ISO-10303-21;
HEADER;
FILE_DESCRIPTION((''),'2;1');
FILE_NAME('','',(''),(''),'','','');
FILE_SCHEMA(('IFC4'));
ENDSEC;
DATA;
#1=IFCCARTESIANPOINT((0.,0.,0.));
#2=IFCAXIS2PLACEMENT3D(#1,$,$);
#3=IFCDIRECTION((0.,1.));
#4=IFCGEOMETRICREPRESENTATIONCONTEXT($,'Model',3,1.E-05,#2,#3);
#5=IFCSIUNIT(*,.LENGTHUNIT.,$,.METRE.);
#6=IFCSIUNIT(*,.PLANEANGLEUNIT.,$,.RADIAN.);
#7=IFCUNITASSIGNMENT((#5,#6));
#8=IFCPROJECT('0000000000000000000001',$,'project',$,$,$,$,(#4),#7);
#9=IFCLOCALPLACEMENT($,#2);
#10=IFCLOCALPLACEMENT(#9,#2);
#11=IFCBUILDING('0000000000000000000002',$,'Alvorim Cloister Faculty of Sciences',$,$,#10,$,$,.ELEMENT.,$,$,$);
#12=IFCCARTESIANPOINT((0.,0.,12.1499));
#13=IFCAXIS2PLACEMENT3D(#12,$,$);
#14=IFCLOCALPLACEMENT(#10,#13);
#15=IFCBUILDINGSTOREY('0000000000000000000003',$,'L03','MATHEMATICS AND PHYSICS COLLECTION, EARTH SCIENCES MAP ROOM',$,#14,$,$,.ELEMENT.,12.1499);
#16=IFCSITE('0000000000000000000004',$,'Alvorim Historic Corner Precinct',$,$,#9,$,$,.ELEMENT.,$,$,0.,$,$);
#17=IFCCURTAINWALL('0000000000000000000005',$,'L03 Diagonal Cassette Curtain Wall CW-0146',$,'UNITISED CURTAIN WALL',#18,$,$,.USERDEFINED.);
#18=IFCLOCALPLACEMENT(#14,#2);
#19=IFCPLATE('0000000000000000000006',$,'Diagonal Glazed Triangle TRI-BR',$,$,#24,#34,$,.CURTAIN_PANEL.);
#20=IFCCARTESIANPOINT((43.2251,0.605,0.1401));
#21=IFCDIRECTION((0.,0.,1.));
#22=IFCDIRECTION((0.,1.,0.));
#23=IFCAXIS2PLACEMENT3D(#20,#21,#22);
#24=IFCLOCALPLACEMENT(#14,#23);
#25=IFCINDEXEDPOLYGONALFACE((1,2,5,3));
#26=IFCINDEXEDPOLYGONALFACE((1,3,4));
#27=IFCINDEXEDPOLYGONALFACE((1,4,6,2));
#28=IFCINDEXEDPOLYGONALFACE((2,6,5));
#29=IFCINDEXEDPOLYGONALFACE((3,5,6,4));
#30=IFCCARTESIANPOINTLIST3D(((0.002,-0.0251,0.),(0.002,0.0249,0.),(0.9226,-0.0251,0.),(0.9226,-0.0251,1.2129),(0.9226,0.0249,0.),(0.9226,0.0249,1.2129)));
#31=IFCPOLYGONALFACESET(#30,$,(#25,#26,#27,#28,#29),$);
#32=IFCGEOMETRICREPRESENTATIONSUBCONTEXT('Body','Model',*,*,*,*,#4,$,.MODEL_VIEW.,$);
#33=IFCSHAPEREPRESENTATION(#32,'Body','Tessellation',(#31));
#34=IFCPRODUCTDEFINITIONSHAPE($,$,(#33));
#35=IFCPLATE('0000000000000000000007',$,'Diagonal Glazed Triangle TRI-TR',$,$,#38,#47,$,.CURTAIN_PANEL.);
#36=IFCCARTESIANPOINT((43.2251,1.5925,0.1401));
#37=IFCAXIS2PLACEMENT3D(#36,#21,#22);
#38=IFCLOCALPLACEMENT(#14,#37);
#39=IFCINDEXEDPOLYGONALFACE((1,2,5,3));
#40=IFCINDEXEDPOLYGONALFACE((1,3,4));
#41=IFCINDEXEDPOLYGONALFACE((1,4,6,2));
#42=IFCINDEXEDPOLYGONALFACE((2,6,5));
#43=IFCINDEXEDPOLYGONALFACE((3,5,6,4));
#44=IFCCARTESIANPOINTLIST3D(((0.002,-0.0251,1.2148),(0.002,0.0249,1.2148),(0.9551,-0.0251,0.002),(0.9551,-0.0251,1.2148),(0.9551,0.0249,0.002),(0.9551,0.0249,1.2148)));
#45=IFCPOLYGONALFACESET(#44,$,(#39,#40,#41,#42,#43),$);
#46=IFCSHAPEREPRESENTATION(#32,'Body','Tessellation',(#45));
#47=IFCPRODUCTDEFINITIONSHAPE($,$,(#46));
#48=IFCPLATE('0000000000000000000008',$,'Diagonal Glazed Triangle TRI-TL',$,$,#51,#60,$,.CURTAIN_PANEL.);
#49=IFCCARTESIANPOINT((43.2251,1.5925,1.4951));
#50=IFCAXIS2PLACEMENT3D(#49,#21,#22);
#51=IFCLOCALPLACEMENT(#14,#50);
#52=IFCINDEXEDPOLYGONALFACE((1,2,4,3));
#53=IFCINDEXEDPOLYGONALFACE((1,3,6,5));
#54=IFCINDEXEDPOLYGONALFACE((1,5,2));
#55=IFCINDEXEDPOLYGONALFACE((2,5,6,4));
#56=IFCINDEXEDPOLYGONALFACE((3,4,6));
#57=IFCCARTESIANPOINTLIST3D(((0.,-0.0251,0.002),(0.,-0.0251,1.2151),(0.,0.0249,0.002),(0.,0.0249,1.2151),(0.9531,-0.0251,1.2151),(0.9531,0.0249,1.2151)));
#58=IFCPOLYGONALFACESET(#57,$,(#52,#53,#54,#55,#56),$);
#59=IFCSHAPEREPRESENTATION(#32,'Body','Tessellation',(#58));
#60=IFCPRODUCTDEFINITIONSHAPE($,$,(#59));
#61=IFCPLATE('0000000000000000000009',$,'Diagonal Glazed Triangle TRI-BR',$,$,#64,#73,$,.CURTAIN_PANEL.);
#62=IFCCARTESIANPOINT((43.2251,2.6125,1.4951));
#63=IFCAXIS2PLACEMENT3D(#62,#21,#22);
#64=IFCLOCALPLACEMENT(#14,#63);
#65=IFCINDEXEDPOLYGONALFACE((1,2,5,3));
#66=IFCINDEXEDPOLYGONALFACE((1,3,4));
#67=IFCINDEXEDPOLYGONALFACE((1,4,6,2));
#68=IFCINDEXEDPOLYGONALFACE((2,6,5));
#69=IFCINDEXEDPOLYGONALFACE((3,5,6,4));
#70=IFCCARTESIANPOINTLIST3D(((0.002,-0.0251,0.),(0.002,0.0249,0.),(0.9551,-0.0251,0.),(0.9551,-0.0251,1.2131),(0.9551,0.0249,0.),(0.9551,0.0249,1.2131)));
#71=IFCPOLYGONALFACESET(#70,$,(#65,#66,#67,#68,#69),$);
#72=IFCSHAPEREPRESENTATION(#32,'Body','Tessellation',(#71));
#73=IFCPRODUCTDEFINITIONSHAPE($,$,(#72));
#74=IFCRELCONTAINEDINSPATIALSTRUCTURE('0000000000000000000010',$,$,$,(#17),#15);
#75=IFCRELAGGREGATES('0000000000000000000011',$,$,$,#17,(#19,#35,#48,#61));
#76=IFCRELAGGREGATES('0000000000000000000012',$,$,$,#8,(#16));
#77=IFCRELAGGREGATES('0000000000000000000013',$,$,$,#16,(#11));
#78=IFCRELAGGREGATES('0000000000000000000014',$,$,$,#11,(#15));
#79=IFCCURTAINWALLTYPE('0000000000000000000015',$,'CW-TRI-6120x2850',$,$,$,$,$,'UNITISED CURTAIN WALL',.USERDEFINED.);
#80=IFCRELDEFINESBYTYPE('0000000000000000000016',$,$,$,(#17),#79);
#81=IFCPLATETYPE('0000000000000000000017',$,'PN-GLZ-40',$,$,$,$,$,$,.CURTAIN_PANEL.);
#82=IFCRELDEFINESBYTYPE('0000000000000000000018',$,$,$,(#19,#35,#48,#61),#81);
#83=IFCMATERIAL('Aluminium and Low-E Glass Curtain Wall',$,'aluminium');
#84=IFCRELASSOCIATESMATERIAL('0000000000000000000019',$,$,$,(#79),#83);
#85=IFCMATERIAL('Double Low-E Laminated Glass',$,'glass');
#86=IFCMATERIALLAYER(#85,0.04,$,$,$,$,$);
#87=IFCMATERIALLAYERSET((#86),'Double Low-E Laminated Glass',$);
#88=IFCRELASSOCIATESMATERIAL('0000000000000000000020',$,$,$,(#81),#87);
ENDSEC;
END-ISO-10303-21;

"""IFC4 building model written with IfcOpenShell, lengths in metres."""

from ifc_helpers import new_model, si_unit, direction, frame, origin, place, context, subcontext, project, spatial, polyline, outline, extrude, material, layer, layer_set, type_object, element, aggregate, save


model = new_model("IFC4")

# Units and contexts
model_context = context("Model", 3, precision=1e-05, world=origin(), true_north=direction((0.0, 1.0)))
body_context = subcontext(model_context, "Body", "Model", "MODEL_VIEW")
ifc_project = project(units=[si_unit("LENGTHUNIT", "METRE"), si_unit("PLANEANGLEUNIT", "RADIAN")], contexts=[model_context])

# Site, building, storey
site_placement = place(None, origin())
site = spatial("IfcSite", under=ifc_project, at=site_placement, Name="Alvorim Historic Corner Precinct", CompositionType="ELEMENT", RefElevation=0.0)
building_placement = place(site_placement, origin())
building = spatial("IfcBuilding", under=site, at=building_placement, Name="Alvorim Cloister Faculty of Sciences", CompositionType="ELEMENT")
storey_placement = place(building_placement, frame((0.0, 0.0, 12.1499)))
storey = spatial("IfcBuildingStorey", under=building, at=storey_placement, Name="L03", Description="MATHEMATICS AND PHYSICS COLLECTION, EARTH SCIENCES MAP ROOM", CompositionType="ELEMENT", Elevation=12.1499)

# Curtain wall, plates
ifc_material_1 = material(Name="Aluminium and Low-E Glass Curtain Wall", Category="aluminium")
curtain_wall_type = type_object("IfcCurtainWallType", Name="CW-TRI-6120x2850", ElementType="UNITISED CURTAIN WALL", PredefinedType="USERDEFINED", material=ifc_material_1)
curtain_wall_placement = place(storey_placement, origin())
curtain_wall = element("IfcCurtainWall", 1, at=curtain_wall_placement, inside=storey, type_object=curtain_wall_type, Name="L03 Diagonal Cassette Curtain Wall CW-0146", ObjectType="UNITISED CURTAIN WALL", PredefinedType="USERDEFINED")
ifc_material_2 = material(Name="Double Low-E Laminated Glass", Category="glass")
ifc_layer_1 = layer(ifc_material_2, 0.04)
ifc_layer_set_1 = layer_set([ifc_layer_1], Name="Double Low-E Laminated Glass")
plate_type = type_object("IfcPlateType", Name="PN-GLZ-40", PredefinedType="CURTAIN_PANEL", material=ifc_layer_set_1)
plate_1_placement = place(storey_placement, frame((43.2251, 0.605, 0.1401), z_axis=(0.0, 0.0, 1.0), x_axis=(0.0, 1.0, 0.0)))
plate_1 = element("IfcPlate", 2, at=plate_1_placement, type_object=plate_type, Name="Diagonal Glazed Triangle TRI-BR", PredefinedType="CURTAIN_PANEL", context=body_context, shape_type="SweptSolid", body=[
    extrude(outline(polyline([(0.002, 0.0), (0.9226, 0.0), (0.9226, 1.2129), (0.002, 0.0)])), frame((0.0, 0.0249, 0.0), z_axis=(0.0, -1.0, 0.0), x_axis=(1.0, 0.0, 0.0)), (0.0, 0.0, 1.0), 0.05),
])
plate_2_placement = place(storey_placement, frame((43.2251, 1.5925, 0.1401), z_axis=(0.0, 0.0, 1.0), x_axis=(0.0, 1.0, 0.0)))
plate_2 = element("IfcPlate", 3, at=plate_2_placement, type_object=plate_type, Name="Diagonal Glazed Triangle TRI-TR", PredefinedType="CURTAIN_PANEL", context=body_context, shape_type="SweptSolid", body=[
    extrude(outline(polyline([(0.9551, 0.002), (0.9551, 1.2148), (0.002, 1.2148), (0.9551, 0.002)])), frame((0.0, 0.0249, 0.0), z_axis=(0.0, -1.0, 0.0), x_axis=(1.0, 0.0, 0.0)), (0.0, 0.0, 1.0), 0.05),
])
plate_3_placement = place(storey_placement, frame((43.2251, 1.5925, 1.4951), z_axis=(0.0, 0.0, 1.0), x_axis=(0.0, 1.0, 0.0)))
plate_3 = element("IfcPlate", 4, at=plate_3_placement, type_object=plate_type, Name="Diagonal Glazed Triangle TRI-TL", PredefinedType="CURTAIN_PANEL", context=body_context, shape_type="SweptSolid", body=[
    extrude(outline(polyline([(0.9531, 1.2151), (0.0, 1.2151), (0.0, 0.002), (0.9531, 1.2151)])), frame((0.0, 0.0249, 0.0), z_axis=(0.0, -1.0, 0.0), x_axis=(1.0, 0.0, 0.0)), (0.0, 0.0, 1.0), 0.05),
])
plate_4_placement = place(storey_placement, frame((43.2251, 2.6125, 1.4951), z_axis=(0.0, 0.0, 1.0), x_axis=(0.0, 1.0, 0.0)))
plate_4 = element("IfcPlate", 5, at=plate_4_placement, type_object=plate_type, Name="Diagonal Glazed Triangle TRI-BR", PredefinedType="CURTAIN_PANEL", context=body_context, shape_type="SweptSolid", body=[
    extrude(outline(polyline([(0.002, 0.0), (0.9551, 0.0), (0.9551, 1.2131), (0.002, 0.0)])), frame((0.0, 0.0249, 0.0), z_axis=(0.0, -1.0, 0.0), x_axis=(1.0, 0.0, 0.0)), (0.0, 0.0, 1.0), 0.05),
])
aggregate(curtain_wall, [plate_1, plate_2, plate_3, plate_4])

save(model, "model.ifc")
